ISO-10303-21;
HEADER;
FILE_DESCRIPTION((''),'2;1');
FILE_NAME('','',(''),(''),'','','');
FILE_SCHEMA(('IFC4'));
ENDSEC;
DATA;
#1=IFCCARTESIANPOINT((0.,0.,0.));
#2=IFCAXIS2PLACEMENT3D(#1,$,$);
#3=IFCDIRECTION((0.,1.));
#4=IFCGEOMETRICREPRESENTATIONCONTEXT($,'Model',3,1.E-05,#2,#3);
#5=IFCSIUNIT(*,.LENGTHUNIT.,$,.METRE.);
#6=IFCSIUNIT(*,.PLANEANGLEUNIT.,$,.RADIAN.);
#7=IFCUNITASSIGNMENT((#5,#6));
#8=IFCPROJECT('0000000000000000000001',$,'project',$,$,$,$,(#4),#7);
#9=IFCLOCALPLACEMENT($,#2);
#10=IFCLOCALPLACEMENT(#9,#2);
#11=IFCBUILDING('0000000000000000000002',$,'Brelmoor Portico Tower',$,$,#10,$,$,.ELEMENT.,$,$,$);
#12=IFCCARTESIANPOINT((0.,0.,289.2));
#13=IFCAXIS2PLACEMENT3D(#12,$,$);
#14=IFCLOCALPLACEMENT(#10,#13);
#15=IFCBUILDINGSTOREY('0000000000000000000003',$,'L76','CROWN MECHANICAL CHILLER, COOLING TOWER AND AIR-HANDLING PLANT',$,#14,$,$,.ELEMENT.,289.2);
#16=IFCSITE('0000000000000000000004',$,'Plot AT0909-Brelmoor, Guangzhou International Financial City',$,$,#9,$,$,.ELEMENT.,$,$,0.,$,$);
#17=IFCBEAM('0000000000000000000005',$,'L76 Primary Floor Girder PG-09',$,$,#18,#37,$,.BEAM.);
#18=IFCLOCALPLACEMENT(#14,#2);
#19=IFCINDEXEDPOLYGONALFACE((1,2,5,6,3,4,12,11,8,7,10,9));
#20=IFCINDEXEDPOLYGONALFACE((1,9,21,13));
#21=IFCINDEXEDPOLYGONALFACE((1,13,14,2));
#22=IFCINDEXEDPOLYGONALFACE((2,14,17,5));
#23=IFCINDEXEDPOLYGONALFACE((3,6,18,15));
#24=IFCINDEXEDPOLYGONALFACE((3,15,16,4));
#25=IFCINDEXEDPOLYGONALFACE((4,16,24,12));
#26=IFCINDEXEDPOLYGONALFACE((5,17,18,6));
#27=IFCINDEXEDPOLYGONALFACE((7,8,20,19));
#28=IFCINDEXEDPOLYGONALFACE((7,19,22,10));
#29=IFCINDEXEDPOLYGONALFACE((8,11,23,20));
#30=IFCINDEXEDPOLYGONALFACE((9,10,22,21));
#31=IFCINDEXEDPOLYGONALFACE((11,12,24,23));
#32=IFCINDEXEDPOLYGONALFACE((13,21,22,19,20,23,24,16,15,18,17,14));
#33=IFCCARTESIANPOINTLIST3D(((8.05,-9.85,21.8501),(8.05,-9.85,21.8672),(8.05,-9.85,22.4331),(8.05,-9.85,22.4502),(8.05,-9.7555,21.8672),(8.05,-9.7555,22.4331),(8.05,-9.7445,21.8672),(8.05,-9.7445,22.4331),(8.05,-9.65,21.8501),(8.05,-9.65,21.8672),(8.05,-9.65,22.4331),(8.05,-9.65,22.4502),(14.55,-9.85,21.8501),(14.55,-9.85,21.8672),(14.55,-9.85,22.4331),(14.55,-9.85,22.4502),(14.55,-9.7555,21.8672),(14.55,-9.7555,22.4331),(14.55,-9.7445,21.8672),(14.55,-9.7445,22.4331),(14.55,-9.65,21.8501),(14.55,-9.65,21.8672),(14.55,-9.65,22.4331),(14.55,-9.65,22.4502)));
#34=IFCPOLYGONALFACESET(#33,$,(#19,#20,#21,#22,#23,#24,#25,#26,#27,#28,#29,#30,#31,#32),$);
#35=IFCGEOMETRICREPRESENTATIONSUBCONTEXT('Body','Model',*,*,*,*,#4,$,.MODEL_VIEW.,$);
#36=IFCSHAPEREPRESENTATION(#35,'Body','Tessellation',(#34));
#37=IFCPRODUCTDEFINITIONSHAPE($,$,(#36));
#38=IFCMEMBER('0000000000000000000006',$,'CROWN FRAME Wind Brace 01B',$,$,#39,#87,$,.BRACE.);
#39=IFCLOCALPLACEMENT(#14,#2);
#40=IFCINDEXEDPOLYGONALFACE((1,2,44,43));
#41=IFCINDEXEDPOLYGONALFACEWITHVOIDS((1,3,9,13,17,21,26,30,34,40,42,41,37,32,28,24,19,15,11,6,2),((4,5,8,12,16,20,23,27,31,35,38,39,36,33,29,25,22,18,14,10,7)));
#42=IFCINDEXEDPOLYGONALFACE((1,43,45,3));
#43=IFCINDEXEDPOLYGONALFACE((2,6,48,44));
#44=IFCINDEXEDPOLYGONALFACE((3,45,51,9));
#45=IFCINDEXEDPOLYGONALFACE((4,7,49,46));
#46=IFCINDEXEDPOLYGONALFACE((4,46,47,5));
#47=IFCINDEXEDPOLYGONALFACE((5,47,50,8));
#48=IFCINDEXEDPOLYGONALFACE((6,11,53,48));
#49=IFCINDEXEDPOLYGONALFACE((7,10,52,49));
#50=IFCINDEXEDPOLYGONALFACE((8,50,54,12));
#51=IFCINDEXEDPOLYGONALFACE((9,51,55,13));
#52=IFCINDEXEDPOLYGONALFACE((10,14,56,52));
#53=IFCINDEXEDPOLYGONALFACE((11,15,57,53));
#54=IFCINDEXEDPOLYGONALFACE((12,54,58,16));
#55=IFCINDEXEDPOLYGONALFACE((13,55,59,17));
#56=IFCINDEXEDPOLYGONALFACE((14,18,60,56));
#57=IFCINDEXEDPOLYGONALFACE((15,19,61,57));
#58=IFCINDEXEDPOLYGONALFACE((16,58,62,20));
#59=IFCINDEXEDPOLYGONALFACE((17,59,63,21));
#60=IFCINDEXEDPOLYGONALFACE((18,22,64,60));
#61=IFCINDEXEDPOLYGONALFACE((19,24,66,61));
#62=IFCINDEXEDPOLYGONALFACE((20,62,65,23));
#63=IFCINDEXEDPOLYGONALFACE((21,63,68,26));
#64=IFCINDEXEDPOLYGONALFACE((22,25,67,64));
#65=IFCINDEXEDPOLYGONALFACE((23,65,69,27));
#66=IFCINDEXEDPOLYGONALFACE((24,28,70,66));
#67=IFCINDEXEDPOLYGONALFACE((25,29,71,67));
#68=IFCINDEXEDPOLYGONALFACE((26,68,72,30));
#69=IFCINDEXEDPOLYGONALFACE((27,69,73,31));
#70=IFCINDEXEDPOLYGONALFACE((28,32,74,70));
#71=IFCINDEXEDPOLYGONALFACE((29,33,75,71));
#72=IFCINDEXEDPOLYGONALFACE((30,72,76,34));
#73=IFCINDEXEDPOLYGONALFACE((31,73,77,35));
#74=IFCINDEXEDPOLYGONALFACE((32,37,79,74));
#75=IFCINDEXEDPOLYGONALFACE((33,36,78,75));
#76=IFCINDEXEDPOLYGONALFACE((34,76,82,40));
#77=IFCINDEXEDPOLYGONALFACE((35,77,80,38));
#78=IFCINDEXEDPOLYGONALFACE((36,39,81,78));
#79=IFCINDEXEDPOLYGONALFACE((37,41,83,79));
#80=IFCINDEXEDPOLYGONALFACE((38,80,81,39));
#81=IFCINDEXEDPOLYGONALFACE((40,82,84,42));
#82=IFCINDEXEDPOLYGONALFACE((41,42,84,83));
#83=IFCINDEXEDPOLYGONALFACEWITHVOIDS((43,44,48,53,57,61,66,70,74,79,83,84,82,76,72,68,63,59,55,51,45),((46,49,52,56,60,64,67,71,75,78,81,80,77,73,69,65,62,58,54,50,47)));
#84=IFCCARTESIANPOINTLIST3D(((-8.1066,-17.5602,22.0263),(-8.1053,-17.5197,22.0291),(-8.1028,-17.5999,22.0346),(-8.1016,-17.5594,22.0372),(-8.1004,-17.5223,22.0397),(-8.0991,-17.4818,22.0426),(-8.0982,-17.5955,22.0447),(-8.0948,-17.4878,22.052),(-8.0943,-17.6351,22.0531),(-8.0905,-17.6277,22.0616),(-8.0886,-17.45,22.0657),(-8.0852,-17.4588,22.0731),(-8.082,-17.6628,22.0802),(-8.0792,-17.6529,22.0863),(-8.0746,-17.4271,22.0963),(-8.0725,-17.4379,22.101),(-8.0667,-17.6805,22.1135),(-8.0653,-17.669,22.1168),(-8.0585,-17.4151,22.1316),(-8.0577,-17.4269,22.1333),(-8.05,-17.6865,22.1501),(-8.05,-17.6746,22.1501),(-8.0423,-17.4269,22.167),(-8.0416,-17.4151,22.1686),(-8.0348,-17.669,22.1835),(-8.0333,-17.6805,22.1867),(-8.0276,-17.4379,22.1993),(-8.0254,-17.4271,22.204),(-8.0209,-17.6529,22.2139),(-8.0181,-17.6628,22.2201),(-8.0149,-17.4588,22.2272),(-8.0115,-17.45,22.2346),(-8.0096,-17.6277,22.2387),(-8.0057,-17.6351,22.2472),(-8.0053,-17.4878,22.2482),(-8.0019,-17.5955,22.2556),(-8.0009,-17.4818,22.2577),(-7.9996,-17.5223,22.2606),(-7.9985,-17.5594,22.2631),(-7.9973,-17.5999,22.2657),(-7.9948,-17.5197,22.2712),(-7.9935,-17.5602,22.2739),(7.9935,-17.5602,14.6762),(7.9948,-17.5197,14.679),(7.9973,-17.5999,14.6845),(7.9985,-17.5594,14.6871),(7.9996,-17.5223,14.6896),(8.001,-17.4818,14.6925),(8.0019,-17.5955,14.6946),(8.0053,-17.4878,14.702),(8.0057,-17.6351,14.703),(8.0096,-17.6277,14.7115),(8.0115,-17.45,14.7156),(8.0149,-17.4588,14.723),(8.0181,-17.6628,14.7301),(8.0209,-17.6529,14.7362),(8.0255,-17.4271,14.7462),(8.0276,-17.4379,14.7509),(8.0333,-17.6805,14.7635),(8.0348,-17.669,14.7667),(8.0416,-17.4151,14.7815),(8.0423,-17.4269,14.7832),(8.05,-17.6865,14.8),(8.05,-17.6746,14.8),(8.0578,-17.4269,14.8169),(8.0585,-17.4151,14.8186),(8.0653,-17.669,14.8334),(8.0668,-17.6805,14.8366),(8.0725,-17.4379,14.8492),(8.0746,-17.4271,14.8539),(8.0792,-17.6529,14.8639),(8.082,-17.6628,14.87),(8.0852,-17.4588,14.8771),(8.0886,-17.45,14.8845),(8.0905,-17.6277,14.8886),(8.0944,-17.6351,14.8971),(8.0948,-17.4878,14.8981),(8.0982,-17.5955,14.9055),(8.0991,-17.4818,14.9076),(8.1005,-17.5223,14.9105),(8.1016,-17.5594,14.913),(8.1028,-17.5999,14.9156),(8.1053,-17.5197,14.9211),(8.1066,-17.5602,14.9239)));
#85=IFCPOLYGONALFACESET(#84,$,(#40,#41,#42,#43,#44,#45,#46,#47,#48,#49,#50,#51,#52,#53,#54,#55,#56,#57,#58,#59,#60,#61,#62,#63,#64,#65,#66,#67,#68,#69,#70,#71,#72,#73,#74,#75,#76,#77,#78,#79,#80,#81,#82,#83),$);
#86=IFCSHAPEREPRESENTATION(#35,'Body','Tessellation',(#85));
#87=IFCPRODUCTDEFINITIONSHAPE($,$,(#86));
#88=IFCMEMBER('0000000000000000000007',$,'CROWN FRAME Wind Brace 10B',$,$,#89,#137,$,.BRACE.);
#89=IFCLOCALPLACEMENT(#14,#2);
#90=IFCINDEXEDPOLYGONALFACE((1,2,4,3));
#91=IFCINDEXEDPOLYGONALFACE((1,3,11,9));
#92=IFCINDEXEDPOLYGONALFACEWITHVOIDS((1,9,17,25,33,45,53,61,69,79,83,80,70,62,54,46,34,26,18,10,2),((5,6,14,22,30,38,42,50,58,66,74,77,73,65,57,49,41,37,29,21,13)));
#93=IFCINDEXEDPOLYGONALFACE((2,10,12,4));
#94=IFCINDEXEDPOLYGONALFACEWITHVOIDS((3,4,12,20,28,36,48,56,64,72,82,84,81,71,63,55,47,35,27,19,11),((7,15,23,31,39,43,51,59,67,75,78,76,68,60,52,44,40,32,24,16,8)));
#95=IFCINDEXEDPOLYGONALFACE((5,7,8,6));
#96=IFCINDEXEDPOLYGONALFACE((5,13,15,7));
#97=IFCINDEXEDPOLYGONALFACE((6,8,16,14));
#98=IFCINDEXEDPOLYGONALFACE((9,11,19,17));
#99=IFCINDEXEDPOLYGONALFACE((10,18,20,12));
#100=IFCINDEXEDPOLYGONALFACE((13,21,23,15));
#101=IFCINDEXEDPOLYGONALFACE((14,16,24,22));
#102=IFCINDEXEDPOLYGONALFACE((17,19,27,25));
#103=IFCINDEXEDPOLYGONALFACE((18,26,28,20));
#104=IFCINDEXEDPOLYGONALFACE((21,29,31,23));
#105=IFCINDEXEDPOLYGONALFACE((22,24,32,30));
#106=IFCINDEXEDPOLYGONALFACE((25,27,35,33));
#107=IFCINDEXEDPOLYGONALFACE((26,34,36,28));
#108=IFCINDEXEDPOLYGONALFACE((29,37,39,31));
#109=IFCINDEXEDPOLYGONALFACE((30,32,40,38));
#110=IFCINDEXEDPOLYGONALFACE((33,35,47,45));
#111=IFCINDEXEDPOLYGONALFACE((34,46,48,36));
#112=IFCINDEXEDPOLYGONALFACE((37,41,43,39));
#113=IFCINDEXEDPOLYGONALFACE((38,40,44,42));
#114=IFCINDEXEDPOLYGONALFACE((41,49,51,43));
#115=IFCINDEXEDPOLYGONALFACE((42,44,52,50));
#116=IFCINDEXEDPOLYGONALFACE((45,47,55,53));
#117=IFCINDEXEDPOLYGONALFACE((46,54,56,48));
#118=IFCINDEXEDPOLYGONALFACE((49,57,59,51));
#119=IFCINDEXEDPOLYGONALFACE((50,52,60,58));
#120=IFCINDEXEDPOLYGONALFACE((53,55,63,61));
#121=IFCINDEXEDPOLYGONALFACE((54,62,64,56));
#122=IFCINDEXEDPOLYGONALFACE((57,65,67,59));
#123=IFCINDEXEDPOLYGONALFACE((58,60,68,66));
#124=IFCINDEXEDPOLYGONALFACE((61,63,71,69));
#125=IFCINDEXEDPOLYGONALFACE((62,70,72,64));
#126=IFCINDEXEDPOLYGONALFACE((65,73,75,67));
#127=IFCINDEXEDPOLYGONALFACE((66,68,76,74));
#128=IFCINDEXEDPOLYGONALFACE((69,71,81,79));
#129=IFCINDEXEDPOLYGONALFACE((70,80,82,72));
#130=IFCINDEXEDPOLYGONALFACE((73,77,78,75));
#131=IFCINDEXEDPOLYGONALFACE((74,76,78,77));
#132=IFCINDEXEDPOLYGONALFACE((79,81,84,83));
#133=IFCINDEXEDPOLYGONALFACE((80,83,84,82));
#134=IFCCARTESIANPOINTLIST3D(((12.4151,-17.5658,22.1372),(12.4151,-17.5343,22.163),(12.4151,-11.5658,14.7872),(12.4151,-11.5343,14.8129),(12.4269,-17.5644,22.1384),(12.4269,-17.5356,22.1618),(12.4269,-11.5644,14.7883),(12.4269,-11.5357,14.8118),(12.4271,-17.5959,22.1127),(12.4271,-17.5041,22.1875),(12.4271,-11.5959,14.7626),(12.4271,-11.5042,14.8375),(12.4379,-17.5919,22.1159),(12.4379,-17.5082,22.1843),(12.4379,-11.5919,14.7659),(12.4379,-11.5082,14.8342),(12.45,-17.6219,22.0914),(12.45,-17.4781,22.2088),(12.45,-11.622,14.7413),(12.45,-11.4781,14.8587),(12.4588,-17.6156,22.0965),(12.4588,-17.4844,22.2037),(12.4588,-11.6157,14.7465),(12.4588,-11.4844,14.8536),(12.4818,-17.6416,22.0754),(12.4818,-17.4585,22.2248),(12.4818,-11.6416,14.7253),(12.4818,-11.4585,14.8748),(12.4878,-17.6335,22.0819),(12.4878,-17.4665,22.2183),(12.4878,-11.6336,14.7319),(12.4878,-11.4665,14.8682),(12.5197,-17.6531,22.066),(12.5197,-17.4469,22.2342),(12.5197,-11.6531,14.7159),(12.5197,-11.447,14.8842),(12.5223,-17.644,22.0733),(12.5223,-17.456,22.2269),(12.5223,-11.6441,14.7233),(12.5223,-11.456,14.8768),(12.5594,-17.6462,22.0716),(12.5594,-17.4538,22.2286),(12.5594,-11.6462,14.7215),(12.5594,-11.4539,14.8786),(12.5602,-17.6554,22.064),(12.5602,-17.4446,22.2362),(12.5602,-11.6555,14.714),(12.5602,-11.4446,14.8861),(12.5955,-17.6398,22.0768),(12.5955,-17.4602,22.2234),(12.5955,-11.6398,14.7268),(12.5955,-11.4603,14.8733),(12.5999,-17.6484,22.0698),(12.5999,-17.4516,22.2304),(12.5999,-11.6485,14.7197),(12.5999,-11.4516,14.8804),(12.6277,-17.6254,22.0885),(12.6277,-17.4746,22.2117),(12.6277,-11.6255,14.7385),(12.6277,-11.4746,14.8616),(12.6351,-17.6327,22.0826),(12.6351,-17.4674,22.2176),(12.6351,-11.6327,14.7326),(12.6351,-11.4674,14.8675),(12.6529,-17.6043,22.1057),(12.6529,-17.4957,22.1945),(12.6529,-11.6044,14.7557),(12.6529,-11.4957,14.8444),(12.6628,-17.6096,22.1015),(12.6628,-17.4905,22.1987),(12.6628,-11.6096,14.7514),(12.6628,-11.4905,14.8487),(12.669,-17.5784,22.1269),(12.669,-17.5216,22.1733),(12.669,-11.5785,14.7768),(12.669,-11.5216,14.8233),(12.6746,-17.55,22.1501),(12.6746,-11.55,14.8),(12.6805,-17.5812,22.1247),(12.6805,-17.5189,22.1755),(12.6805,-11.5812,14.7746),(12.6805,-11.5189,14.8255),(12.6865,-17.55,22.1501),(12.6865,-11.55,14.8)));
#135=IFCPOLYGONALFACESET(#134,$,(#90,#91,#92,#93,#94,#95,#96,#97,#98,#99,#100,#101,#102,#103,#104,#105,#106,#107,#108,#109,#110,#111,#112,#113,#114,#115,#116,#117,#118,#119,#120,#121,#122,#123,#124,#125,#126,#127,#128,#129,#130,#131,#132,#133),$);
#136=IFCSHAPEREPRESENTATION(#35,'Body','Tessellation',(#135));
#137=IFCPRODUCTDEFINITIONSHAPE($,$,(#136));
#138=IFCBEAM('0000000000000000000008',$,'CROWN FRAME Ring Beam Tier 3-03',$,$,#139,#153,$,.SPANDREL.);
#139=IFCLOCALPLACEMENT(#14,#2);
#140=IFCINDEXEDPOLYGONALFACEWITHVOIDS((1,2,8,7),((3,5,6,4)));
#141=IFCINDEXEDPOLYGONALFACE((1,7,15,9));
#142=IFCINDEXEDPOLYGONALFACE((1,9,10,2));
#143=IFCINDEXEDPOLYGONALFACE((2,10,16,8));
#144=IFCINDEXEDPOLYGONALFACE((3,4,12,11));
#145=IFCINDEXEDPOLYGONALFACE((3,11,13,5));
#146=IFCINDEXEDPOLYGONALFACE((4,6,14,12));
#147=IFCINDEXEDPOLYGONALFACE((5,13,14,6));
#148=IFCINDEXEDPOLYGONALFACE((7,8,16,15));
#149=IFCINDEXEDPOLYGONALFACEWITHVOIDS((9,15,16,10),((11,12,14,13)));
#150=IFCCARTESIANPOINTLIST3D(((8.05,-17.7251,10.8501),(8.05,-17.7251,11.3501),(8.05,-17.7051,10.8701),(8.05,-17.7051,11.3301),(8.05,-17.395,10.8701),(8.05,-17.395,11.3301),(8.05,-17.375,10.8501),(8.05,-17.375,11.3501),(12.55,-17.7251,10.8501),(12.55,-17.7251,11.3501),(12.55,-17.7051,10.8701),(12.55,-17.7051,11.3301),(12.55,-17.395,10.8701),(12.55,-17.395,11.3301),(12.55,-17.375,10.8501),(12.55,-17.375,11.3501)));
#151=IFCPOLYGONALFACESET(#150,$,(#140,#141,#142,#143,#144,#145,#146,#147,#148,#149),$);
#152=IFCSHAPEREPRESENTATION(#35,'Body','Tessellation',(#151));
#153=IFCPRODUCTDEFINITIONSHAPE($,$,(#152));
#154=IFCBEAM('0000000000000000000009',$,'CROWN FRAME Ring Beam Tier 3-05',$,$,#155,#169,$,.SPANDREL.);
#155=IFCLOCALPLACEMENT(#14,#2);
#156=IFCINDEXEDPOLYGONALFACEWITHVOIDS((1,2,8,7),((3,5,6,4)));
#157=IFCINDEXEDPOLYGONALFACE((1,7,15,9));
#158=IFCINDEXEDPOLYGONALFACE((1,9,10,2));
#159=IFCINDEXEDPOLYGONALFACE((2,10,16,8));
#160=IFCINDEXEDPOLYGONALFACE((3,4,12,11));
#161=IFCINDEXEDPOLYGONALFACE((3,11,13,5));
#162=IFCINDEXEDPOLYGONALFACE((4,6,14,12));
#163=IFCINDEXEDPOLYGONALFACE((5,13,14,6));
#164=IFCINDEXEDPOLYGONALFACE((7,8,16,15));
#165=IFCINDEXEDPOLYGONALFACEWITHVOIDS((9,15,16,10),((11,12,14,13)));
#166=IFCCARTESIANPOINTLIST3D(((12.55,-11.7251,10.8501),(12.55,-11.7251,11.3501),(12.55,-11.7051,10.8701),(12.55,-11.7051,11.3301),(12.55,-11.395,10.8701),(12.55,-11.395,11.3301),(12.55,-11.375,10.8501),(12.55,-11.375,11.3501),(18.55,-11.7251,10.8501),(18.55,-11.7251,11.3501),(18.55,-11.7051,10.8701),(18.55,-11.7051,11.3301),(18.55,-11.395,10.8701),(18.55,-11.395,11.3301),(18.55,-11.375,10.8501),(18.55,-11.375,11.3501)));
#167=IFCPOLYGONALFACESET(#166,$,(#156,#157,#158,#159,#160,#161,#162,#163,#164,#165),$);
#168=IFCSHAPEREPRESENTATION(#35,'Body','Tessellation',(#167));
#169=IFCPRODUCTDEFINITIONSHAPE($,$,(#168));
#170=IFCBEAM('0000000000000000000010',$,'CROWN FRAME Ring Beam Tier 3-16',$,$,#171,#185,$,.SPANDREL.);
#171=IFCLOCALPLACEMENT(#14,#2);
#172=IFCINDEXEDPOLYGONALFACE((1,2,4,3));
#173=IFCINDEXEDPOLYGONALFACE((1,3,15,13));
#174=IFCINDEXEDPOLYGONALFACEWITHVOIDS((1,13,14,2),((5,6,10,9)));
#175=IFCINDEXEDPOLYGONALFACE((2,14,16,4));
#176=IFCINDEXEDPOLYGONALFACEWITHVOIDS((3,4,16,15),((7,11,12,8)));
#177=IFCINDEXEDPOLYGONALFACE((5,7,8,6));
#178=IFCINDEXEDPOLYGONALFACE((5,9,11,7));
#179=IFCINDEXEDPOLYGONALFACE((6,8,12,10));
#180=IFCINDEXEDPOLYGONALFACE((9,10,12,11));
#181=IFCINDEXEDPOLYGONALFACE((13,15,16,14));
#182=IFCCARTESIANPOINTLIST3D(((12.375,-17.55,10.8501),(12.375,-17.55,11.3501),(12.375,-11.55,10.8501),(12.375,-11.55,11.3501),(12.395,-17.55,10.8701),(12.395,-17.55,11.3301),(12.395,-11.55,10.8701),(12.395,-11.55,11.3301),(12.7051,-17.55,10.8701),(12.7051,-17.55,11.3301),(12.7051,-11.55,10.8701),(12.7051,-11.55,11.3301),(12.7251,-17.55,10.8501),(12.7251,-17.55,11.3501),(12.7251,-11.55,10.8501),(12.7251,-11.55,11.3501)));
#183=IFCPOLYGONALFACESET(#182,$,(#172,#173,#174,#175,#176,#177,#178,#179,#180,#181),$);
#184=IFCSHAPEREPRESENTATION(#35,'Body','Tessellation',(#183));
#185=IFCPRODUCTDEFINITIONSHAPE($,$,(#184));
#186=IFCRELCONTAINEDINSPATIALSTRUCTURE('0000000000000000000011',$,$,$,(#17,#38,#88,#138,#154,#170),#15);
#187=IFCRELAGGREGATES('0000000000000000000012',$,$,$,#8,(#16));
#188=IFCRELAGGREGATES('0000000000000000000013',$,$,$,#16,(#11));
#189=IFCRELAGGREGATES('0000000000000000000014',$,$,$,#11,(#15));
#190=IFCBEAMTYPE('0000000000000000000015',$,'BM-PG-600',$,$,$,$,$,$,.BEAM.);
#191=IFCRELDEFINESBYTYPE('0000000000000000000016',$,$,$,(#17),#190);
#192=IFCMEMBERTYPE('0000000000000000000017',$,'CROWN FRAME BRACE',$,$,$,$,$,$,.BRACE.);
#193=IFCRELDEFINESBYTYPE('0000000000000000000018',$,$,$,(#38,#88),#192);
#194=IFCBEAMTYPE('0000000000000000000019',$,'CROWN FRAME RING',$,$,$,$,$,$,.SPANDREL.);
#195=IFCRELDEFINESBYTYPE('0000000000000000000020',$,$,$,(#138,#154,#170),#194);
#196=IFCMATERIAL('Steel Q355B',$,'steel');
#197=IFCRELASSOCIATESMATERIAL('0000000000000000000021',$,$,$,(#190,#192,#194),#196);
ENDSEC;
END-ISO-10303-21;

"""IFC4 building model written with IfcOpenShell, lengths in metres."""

from ifc_helpers import new_model, si_unit, direction, frame, origin, origin_2d, place, context, subcontext, project, spatial, hollow_rectangle, hollow_circle, i_section, extrude, material, material_profile, profile_set, type_object, element, save


model = new_model("IFC4")

# Units and contexts
model_context = context("Model", 3, precision=1e-05, world=origin(), true_north=direction((0.0, 1.0)))
body_context = subcontext(model_context, "Body", "Model", "MODEL_VIEW")
ifc_project = project(units=[si_unit("LENGTHUNIT", "METRE"), si_unit("PLANEANGLEUNIT", "RADIAN")], contexts=[model_context])

# Site, building, storey
site_placement = place(None, origin())
site = spatial("IfcSite", under=ifc_project, at=site_placement, Name="Plot AT0909-Brelmoor, Guangzhou International Financial City", CompositionType="ELEMENT", RefElevation=0.0)
building_placement = place(site_placement, origin())
building = spatial("IfcBuilding", under=site, at=building_placement, Name="Brelmoor Portico Tower", CompositionType="ELEMENT")
storey_placement = place(building_placement, frame((0.0, 0.0, 289.2)))
storey = spatial("IfcBuildingStorey", under=building, at=storey_placement, Name="L76", Description="CROWN MECHANICAL CHILLER, COOLING TOWER AND AIR-HANDLING PLANT", CompositionType="ELEMENT", Elevation=289.2)

# Beam
ifc_material_1 = material(Name="Steel Q355B", Category="steel")
ifc_material_profile_1 = material_profile(ifc_material_1, i_section(OverallWidth=0.2, OverallDepth=0.6001, WebThickness=0.011, FlangeThickness=0.0171, at=origin_2d()), Name="HN 600x200x11x17")
ifc_profile_set_1 = profile_set([ifc_material_profile_1], Name="Steel Q355B")
beam_type_1 = type_object("IfcBeamType", Name="BM-PG-600", PredefinedType="BEAM", material=ifc_profile_set_1)
beam_1_placement = place(storey_placement, frame((8.05, -9.75, 22.1501), z_axis=(1.0, 0.0, 0.0), x_axis=(0.0, 1.0, 0.0)))
element("IfcBeam", 1, at=beam_1_placement, inside=storey, type_object=beam_type_1, Name="L76 Primary Floor Girder PG-09", PredefinedType="BEAM", context=body_context, shape_type="SweptSolid", body=[
    extrude(i_section(OverallWidth=0.2, OverallDepth=0.6001, WebThickness=0.011, FlangeThickness=0.0171, at=origin_2d()), origin(), (0.0, 0.0, 1.0), 6.5),
])

# Members
ifc_material_profile_2 = material_profile(ifc_material_1, hollow_circle(Radius=0.1365, WallThickness=0.012, at=origin_2d()), Name="CHS 273x12")
ifc_profile_set_2 = profile_set([ifc_material_profile_2], Name="Steel Q355B")
member_type = type_object("IfcMemberType", Name="CROWN FRAME BRACE", PredefinedType="BRACE", material=ifc_profile_set_2)
member_1_placement = place(storey_placement, frame((8.05, -17.55, 14.8), z_axis=(-0.909687, 0.0, 0.415295), x_axis=(0.0, -1.0, 0.0)))
element("IfcMember", 2, at=member_1_placement, inside=storey, type_object=member_type, Name="CROWN FRAME Wind Brace 01B", PredefinedType="BRACE", context=body_context, shape_type="SweptSolid", body=[
    extrude(hollow_circle(Radius=0.1365, WallThickness=0.012, at=origin_2d()), origin(), (0.0, 0.0, 1.0), 17.6985),
])
member_2_placement = place(storey_placement, frame((12.55, -11.55, 14.8), z_axis=(0.0, -0.632371, 0.774665), x_axis=(1.0, 0.0, 0.0)))
element("IfcMember", 3, at=member_2_placement, inside=storey, type_object=member_type, Name="CROWN FRAME Wind Brace 10B", PredefinedType="BRACE", context=body_context, shape_type="SweptSolid", body=[
    extrude(hollow_circle(Radius=0.1365, WallThickness=0.012, at=origin_2d()), origin(), (0.0, 0.0, 1.0), 9.488),
])

# Beams
ifc_material_profile_3 = material_profile(ifc_material_1, hollow_rectangle(XDim=0.3501, YDim=0.5, WallThickness=0.02, at=origin_2d()), Name="RHS 350x500x20")
ifc_profile_set_3 = profile_set([ifc_material_profile_3], Name="Steel Q355B")
beam_type_2 = type_object("IfcBeamType", Name="CROWN FRAME RING", PredefinedType="SPANDREL", material=ifc_profile_set_3)
beam_2_placement = place(storey_placement, frame((8.05, -17.55, 11.1001), z_axis=(1.0, 0.0, 0.0), x_axis=(0.0, 1.0, 0.0)))
element("IfcBeam", 4, at=beam_2_placement, inside=storey, type_object=beam_type_2, Name="CROWN FRAME Ring Beam Tier 3-03", PredefinedType="SPANDREL", context=body_context, shape_type="SweptSolid", body=[
    extrude(hollow_rectangle(XDim=0.3501, YDim=0.5, WallThickness=0.02, at=origin_2d()), origin(), (0.0, 0.0, 1.0), 4.5),
])
for number, where, z_axis, x_axis, name in (
    (5, (12.55, -11.55, 11.1001), (1.0, 0.0, 0.0), (0.0, 1.0, 0.0), "CROWN FRAME Ring Beam Tier 3-05"),
    (6, (12.55, -17.55, 11.1001), (0.0, 1.0, 0.0), (-1.0, 0.0, 0.0), "CROWN FRAME Ring Beam Tier 3-16"),
):
    element("IfcBeam", number, at=place(storey_placement, frame(where, z_axis=z_axis, x_axis=x_axis)), inside=storey, type_object=beam_type_2, Name=name, PredefinedType="SPANDREL", context=body_context, shape_type="SweptSolid", body=[
        extrude(hollow_rectangle(XDim=0.3501, YDim=0.5, WallThickness=0.02, at=origin_2d()), origin(), (0.0, 0.0, 1.0), 6.0),
    ])

save(model, "model.ifc")
